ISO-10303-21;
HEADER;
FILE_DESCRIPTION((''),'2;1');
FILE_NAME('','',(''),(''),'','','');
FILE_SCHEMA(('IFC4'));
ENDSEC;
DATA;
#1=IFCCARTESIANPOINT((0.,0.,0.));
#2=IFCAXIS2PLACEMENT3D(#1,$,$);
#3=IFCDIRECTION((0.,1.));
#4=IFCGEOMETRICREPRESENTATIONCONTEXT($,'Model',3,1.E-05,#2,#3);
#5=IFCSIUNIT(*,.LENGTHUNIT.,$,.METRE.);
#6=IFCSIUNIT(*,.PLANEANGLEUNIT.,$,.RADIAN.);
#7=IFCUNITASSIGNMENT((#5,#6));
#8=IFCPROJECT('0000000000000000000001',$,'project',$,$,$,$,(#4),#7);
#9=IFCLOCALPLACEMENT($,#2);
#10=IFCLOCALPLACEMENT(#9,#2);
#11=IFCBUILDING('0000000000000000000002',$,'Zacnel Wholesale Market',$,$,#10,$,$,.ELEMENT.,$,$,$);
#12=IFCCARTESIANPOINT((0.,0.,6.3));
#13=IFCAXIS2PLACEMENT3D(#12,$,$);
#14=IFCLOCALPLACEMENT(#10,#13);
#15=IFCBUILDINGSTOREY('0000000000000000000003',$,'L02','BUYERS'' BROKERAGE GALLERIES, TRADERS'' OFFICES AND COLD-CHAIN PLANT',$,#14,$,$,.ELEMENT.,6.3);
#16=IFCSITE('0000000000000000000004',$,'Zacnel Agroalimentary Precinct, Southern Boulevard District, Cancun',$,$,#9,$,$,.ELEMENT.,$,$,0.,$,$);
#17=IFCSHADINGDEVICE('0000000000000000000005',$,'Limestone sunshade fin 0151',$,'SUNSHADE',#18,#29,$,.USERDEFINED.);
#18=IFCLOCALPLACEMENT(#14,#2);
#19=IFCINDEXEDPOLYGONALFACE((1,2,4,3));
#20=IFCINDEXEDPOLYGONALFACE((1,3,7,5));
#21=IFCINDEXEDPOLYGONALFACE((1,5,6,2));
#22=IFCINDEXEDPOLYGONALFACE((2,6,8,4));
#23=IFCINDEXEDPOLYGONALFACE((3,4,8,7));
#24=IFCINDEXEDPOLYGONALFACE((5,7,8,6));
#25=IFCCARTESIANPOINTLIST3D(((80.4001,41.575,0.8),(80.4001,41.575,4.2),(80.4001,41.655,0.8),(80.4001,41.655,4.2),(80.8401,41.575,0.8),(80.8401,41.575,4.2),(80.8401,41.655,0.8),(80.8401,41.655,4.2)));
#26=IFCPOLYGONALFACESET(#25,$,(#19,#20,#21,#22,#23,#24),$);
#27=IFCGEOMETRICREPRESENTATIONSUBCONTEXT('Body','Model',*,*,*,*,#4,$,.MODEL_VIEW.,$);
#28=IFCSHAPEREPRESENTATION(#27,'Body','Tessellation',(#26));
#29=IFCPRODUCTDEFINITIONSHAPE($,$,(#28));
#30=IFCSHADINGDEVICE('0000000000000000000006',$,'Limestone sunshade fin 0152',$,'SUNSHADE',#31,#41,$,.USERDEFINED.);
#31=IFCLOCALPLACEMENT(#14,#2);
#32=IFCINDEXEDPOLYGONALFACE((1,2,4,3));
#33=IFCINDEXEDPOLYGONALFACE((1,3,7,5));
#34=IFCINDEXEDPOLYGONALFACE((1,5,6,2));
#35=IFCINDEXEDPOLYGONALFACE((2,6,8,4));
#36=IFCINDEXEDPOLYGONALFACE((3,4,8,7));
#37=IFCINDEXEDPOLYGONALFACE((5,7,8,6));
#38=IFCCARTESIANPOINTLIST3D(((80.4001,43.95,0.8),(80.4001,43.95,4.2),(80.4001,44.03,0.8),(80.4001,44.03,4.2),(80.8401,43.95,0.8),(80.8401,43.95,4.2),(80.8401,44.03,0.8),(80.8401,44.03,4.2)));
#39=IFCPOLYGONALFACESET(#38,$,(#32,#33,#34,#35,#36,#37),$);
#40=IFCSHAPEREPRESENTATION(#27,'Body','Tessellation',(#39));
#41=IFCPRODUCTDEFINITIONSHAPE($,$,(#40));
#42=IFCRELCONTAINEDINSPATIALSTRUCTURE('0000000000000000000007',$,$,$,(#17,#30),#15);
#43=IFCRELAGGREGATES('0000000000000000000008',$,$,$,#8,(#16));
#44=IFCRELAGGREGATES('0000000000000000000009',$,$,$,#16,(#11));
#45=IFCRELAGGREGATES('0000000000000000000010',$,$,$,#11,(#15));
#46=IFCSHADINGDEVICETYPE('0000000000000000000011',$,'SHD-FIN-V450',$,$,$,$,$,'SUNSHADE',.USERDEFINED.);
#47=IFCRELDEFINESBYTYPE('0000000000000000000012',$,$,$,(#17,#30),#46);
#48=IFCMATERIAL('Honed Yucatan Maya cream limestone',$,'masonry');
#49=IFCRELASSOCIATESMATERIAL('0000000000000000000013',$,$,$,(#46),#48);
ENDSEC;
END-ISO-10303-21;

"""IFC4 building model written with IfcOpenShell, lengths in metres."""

from ifc_helpers import new_model, si_unit, direction, frame, origin, origin_2d, place, context, subcontext, project, spatial, rectangle, extrude, material, type_object, element, save


model = new_model("IFC4")

# Units and contexts
model_context = context("Model", 3, precision=1e-05, world=origin(), true_north=direction((0.0, 1.0)))
body_context = subcontext(model_context, "Body", "Model", "MODEL_VIEW")
ifc_project = project(units=[si_unit("LENGTHUNIT", "METRE"), si_unit("PLANEANGLEUNIT", "RADIAN")], contexts=[model_context])

# Site, building, storey
site_placement = place(None, origin())
site = spatial("IfcSite", under=ifc_project, at=site_placement, Name="Zacnel Agroalimentary Precinct, Southern Boulevard District, Cancun", CompositionType="ELEMENT", RefElevation=0.0)
building_placement = place(site_placement, origin())
building = spatial("IfcBuilding", under=site, at=building_placement, Name="Zacnel Wholesale Market", CompositionType="ELEMENT")
storey_placement = place(building_placement, frame((0.0, 0.0, 6.3)))
storey = spatial("IfcBuildingStorey", under=building, at=storey_placement, Name="L02", Description="BUYERS' BROKERAGE GALLERIES, TRADERS' OFFICES AND COLD-CHAIN PLANT", CompositionType="ELEMENT", Elevation=6.3)

# Shading devices
ifc_material_1 = material(Name="Honed Yucatan Maya cream limestone", Category="masonry")
shading_device_type = type_object("IfcShadingDeviceType", Name="SHD-FIN-V450", ElementType="SUNSHADE", PredefinedType="USERDEFINED", material=ifc_material_1)
for number, where, z_axis, x_axis, name in (
    (1, (80.6201, 41.615, 0.8), (0.0, 0.0, 1.0), (0.0, 1.0, 0.0), "Limestone sunshade fin 0151"),
    (2, (80.6201, 43.99, 0.8), (0.0, 0.0, 1.0), (0.0, 1.0, 0.0), "Limestone sunshade fin 0152"),
):
    element("IfcShadingDevice", number, at=place(storey_placement, frame(where, z_axis=z_axis, x_axis=x_axis)), inside=storey, type_object=shading_device_type, Name=name, ObjectType="SUNSHADE", PredefinedType="USERDEFINED", context=body_context, shape_type="SweptSolid", body=[
        extrude(rectangle(XDim=0.0801, YDim=0.4399, at=origin_2d()), origin(), (0.0, 0.0, 1.0), 3.3999),
    ])

save(model, "model.ifc")
